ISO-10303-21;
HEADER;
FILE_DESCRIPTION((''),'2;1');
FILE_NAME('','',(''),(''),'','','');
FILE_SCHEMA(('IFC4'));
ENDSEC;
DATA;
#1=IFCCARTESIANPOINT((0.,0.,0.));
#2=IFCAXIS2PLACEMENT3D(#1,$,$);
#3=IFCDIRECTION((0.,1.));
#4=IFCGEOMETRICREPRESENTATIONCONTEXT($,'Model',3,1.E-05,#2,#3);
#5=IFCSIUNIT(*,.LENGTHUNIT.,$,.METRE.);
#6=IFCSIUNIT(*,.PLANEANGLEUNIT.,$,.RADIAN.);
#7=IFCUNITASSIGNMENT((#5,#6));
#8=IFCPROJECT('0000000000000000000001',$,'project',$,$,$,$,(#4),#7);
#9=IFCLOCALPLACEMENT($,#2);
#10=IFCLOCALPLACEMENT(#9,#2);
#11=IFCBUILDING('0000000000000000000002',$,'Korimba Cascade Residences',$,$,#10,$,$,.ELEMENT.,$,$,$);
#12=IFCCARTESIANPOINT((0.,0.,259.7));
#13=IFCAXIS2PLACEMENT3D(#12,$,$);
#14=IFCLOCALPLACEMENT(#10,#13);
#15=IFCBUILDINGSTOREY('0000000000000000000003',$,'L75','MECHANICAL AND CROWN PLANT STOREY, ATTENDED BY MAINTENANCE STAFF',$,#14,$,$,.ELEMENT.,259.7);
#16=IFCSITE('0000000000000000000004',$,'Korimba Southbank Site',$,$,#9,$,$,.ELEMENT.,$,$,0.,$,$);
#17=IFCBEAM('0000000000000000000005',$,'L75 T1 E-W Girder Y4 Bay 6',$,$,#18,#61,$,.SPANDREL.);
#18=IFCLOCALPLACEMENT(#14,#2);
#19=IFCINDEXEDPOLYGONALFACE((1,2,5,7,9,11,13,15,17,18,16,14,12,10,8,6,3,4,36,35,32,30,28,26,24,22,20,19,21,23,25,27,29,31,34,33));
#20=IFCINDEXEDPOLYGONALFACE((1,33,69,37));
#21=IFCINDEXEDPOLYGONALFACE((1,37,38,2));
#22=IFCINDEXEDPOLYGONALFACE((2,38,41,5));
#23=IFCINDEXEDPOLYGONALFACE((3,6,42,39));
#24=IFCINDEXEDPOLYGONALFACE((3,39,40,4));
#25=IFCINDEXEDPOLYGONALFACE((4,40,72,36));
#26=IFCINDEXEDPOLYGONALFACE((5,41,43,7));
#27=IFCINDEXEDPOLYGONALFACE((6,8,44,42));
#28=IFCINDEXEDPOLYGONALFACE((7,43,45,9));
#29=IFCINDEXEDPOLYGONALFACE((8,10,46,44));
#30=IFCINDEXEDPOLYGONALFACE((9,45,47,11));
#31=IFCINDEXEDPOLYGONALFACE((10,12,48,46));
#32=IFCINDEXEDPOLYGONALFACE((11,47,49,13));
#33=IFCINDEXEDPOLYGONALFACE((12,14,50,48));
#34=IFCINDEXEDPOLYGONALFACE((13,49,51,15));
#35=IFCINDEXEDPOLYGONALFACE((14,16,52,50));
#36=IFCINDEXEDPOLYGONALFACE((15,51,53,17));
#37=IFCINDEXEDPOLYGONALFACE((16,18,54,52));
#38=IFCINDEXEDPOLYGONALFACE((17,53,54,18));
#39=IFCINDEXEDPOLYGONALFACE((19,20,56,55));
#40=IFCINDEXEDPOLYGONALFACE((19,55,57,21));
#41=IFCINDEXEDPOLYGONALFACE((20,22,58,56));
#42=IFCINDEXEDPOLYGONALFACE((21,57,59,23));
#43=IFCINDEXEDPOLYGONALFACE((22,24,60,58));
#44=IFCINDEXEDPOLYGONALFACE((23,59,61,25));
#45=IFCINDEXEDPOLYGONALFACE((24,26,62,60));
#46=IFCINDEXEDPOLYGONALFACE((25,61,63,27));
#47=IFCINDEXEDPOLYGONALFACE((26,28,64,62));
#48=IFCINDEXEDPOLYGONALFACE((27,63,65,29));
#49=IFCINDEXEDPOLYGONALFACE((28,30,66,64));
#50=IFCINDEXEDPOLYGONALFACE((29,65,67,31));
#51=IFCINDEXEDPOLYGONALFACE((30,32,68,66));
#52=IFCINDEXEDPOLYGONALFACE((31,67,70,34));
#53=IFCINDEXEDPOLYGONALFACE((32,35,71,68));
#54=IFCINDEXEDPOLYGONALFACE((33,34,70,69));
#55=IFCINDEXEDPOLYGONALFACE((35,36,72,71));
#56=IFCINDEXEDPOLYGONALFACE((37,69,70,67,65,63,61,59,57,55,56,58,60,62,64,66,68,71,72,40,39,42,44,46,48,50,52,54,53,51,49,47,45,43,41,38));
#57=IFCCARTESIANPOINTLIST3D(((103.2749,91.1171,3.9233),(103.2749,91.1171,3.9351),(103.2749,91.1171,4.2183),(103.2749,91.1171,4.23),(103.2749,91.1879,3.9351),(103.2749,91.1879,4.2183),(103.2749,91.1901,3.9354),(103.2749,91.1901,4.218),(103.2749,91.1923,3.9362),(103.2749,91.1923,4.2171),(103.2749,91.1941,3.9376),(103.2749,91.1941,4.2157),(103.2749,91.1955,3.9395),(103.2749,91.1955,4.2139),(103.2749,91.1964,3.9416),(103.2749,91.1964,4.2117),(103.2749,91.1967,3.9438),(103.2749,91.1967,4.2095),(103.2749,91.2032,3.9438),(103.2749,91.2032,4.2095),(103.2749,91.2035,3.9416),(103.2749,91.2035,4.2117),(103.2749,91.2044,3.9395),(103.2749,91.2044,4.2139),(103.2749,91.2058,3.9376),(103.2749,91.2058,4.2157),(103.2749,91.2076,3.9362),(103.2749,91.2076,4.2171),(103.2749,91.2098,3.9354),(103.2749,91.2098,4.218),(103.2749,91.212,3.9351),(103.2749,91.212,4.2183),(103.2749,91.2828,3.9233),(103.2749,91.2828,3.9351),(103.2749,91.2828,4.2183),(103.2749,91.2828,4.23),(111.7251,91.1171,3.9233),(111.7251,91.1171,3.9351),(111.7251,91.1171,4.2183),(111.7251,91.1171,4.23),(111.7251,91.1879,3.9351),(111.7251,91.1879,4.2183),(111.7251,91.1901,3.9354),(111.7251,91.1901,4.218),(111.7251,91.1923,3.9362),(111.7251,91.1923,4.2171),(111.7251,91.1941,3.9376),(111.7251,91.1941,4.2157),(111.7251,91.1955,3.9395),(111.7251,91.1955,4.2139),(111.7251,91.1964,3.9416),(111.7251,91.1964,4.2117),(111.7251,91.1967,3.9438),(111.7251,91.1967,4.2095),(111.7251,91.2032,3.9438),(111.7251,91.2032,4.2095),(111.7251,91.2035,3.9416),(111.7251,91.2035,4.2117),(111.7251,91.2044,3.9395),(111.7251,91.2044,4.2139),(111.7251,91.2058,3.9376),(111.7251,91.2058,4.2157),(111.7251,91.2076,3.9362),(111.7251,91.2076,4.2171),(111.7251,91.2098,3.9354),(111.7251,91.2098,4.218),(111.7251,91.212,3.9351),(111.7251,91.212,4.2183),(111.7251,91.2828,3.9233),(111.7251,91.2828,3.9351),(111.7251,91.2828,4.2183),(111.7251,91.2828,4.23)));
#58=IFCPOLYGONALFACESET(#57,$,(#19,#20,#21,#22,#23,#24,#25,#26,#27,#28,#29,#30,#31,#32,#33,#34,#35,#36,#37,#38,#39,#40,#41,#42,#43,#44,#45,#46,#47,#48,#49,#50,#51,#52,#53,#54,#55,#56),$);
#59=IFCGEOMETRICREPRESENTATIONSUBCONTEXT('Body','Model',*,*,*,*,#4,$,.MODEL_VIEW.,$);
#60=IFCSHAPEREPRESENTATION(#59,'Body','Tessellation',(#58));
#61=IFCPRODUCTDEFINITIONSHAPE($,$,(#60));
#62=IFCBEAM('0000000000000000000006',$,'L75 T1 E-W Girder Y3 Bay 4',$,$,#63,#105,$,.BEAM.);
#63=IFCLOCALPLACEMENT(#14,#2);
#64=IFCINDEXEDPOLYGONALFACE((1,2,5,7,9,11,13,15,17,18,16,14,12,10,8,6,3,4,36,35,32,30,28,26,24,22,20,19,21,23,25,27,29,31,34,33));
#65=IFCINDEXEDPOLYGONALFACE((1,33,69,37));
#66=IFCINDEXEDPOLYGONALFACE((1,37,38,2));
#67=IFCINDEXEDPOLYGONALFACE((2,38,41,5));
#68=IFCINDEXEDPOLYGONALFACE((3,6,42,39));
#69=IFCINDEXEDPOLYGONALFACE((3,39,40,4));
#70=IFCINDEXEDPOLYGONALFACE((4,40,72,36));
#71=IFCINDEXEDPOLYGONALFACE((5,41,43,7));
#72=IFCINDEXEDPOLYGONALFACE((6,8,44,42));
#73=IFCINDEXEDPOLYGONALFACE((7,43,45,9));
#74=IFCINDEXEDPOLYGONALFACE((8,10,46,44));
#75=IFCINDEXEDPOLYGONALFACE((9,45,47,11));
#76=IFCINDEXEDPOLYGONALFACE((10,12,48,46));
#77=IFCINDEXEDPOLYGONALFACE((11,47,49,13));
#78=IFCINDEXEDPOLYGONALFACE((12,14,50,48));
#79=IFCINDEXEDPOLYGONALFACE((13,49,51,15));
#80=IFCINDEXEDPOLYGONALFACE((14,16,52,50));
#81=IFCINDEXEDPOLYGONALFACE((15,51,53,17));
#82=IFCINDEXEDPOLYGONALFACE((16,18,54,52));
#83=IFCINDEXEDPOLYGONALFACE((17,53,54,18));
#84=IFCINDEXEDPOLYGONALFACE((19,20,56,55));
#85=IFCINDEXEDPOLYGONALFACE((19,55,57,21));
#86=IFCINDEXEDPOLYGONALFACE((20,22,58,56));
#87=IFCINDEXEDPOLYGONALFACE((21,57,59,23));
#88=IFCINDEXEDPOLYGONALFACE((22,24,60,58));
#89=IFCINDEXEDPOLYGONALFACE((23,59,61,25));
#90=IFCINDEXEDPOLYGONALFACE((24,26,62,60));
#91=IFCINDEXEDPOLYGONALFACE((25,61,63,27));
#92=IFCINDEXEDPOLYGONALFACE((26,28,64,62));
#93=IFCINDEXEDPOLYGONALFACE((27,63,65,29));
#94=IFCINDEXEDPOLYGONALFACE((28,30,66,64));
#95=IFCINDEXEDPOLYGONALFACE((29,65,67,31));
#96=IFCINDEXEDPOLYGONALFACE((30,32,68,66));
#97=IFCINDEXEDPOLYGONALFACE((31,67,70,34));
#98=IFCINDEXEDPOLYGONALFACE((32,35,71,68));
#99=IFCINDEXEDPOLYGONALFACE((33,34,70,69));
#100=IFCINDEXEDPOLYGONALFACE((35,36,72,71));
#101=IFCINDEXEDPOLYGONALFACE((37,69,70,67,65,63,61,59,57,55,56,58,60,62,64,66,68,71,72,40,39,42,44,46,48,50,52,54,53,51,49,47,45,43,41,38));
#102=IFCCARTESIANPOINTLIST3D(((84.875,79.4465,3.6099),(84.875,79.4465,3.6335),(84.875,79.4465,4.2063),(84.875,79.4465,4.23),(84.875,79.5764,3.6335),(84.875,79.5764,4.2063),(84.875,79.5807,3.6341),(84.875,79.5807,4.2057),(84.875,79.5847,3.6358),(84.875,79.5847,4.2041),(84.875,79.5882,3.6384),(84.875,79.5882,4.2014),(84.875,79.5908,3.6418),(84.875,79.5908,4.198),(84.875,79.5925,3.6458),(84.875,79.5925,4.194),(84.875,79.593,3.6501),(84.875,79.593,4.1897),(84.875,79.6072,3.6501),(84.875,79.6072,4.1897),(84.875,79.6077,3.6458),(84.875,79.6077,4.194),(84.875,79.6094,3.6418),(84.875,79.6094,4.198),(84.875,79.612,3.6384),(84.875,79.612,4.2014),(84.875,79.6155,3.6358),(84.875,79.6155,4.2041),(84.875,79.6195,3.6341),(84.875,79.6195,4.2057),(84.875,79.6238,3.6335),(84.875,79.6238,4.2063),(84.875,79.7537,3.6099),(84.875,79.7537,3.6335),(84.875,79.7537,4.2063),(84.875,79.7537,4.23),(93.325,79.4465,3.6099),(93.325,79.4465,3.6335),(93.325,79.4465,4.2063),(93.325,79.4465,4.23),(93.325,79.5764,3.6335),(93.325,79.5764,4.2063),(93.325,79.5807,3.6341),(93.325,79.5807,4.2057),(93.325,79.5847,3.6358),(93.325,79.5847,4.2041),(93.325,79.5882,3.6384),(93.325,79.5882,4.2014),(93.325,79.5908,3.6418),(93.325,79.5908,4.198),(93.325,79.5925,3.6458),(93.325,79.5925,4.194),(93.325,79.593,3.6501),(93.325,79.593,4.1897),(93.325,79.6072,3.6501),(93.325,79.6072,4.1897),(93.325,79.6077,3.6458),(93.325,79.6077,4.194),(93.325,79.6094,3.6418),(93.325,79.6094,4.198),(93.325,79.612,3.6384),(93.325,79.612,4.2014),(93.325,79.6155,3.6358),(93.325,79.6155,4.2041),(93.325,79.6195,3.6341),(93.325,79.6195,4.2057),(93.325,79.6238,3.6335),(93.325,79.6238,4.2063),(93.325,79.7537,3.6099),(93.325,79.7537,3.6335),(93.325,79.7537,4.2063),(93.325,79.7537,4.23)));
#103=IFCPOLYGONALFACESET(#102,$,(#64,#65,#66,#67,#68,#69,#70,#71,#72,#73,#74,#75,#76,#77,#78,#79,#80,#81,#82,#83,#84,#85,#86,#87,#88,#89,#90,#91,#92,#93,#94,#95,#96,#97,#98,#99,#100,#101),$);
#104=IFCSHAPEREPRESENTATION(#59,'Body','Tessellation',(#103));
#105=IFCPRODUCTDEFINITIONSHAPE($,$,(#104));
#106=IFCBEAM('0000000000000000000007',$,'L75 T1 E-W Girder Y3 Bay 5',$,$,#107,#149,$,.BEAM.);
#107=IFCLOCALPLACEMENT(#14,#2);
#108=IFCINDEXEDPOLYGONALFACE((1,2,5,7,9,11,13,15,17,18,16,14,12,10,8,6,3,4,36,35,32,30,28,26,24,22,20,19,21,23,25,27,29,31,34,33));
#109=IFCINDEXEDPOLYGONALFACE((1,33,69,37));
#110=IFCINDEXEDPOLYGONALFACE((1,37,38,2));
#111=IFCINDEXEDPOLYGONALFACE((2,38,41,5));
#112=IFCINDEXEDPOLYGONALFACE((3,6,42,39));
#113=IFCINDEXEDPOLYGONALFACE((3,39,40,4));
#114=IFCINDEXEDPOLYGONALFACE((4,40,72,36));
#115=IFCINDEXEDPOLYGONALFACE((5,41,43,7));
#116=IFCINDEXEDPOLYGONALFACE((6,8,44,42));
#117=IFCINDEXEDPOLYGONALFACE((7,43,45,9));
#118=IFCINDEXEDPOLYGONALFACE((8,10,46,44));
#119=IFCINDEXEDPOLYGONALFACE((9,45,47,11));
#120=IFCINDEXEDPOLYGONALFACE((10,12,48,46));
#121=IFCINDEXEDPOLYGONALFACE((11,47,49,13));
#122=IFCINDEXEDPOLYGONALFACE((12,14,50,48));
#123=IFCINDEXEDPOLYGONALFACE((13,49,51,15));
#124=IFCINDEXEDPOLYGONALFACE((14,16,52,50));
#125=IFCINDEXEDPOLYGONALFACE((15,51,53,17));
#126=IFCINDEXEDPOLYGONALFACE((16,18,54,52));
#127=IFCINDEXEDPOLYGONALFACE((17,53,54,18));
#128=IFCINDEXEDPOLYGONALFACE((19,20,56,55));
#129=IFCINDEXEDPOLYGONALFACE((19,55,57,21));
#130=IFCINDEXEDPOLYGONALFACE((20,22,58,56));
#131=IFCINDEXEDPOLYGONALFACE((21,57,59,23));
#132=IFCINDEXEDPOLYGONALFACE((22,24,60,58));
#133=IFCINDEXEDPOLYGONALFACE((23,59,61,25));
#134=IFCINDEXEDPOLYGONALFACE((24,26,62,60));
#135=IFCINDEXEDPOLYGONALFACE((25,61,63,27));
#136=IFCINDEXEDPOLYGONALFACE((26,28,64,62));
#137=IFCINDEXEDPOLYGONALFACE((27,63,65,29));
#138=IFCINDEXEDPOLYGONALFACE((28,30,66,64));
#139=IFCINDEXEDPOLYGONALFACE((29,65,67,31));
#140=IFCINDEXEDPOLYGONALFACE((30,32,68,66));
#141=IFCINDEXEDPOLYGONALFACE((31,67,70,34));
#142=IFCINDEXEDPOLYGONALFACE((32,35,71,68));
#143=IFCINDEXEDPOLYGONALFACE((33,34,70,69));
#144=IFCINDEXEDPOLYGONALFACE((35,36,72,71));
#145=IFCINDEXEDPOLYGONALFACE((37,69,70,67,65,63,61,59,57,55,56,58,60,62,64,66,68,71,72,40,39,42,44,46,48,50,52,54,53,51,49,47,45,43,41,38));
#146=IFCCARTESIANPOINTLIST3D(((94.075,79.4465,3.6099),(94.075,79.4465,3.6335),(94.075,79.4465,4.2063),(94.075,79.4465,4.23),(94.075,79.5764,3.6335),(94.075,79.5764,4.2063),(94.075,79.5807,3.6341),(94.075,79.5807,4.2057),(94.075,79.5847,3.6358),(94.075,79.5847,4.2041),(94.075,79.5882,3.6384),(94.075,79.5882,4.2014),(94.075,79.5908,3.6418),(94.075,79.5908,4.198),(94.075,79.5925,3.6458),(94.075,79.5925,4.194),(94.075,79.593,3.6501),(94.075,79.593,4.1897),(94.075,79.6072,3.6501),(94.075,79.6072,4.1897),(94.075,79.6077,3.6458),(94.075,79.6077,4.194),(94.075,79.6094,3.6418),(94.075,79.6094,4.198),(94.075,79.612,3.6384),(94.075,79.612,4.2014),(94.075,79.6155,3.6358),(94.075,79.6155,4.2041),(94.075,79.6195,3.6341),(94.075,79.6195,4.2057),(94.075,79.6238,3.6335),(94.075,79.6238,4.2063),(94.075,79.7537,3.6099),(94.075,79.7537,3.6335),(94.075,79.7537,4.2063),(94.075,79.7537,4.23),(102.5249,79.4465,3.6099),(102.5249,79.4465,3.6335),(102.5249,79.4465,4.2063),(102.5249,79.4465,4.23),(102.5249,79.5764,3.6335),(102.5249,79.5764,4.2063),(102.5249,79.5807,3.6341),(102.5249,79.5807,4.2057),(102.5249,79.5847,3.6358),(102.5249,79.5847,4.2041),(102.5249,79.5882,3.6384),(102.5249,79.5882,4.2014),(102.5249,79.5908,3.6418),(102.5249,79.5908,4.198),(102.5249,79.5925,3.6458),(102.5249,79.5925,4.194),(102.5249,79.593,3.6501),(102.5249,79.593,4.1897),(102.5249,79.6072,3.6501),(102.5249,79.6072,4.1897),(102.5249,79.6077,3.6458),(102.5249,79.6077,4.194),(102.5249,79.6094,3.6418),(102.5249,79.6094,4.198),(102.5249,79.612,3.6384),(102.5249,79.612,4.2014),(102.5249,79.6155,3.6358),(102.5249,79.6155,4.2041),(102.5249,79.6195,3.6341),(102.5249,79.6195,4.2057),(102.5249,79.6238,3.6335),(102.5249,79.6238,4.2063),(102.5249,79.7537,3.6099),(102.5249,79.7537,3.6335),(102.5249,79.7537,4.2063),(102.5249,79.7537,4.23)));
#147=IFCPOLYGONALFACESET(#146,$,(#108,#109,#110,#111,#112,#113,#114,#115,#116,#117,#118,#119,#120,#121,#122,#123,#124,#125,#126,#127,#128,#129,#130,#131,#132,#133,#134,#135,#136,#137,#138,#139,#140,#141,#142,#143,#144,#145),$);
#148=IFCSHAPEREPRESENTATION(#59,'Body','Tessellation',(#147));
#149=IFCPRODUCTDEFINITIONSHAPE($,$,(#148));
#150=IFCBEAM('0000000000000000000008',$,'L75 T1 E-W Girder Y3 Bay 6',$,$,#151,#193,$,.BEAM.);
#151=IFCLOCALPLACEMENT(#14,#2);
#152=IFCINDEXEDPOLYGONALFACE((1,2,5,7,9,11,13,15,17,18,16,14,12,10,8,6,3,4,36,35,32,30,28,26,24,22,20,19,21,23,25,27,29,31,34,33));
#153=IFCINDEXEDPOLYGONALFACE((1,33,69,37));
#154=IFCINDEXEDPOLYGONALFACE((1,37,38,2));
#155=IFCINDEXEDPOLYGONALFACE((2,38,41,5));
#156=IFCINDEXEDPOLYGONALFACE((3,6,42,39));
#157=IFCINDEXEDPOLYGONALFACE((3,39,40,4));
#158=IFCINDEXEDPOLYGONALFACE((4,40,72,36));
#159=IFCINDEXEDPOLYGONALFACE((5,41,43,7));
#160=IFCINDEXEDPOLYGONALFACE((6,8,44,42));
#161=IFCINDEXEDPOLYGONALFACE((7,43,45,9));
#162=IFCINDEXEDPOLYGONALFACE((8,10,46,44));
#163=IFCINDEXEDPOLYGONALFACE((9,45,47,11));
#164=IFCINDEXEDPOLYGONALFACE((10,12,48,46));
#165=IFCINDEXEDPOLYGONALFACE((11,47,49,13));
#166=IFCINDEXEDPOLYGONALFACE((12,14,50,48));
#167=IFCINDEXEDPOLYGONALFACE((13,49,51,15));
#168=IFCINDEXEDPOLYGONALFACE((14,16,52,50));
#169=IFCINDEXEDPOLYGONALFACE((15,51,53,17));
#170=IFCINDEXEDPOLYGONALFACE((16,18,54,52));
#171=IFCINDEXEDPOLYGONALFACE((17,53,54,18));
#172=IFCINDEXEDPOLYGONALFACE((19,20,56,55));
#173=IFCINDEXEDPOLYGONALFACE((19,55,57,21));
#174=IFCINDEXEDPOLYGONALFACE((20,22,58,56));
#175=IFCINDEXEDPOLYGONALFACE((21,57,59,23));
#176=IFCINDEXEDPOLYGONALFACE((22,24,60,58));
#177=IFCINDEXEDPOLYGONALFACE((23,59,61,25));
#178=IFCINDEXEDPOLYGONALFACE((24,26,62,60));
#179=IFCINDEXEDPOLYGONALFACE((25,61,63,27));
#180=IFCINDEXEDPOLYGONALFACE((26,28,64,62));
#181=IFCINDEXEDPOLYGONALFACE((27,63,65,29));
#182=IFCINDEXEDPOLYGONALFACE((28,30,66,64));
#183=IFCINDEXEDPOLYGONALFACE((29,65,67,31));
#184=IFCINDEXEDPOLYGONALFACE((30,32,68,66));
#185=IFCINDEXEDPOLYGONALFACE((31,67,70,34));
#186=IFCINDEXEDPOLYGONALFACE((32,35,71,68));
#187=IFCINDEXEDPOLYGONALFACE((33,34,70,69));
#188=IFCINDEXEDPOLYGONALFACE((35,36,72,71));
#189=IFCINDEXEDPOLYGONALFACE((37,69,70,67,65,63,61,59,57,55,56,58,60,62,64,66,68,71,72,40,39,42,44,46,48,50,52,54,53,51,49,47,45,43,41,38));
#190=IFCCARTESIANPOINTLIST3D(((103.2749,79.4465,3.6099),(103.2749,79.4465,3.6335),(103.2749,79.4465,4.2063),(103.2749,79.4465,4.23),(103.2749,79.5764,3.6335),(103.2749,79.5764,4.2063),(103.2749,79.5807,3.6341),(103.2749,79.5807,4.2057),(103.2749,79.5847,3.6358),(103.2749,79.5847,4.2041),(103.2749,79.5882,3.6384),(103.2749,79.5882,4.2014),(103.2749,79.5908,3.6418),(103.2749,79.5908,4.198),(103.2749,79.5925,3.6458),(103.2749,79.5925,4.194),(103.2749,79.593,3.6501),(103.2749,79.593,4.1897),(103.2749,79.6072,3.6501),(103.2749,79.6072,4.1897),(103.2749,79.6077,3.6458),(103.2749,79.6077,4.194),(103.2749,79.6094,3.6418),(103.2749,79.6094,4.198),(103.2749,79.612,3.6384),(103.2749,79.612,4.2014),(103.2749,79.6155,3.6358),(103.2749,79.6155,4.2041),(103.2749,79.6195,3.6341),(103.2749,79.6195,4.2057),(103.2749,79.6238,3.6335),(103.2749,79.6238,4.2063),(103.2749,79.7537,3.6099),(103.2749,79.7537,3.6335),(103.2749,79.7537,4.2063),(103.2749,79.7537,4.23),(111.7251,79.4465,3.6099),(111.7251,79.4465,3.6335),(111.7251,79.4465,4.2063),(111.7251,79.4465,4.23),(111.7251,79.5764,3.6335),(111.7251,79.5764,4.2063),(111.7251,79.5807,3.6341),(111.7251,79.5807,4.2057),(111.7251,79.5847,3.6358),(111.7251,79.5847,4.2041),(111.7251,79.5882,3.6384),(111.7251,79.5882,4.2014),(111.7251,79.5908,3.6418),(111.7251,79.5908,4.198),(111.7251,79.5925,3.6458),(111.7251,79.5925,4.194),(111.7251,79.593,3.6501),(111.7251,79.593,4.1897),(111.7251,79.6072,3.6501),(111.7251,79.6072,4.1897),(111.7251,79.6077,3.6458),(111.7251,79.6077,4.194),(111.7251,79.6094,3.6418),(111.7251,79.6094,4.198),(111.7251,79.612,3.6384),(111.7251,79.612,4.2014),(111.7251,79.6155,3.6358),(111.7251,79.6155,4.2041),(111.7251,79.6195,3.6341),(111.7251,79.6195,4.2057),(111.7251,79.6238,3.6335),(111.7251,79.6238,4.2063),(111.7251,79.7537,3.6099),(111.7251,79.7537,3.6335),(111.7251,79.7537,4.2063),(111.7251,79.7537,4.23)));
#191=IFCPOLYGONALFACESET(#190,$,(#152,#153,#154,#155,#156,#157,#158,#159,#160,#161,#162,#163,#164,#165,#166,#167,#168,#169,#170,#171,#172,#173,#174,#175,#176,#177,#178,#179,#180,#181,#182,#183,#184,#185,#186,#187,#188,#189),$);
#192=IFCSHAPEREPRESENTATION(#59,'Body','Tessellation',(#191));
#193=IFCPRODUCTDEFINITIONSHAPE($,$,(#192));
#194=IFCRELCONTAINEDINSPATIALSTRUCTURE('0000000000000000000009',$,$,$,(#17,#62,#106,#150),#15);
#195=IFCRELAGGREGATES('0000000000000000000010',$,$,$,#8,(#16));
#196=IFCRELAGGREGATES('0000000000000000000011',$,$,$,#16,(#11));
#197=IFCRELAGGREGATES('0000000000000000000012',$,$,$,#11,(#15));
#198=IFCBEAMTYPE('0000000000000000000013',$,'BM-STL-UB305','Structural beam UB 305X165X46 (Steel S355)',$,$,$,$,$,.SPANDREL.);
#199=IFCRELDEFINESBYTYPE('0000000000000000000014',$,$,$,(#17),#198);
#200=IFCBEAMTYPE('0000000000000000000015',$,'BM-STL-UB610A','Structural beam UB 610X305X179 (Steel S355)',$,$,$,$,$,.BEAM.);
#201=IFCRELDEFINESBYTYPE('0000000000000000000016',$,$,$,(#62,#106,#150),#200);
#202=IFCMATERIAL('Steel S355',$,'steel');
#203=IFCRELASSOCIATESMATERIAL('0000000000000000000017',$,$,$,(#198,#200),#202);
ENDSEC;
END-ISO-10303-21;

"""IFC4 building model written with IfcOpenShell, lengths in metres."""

from ifc_helpers import new_model, si_unit, direction, frame, origin, origin_2d, place, context, subcontext, project, spatial, i_section, extrude, material, material_profile, profile_set, type_object, element, save


model = new_model("IFC4")

# Units and contexts
model_context = context("Model", 3, precision=1e-05, world=origin(), true_north=direction((0.0, 1.0)))
body_context = subcontext(model_context, "Body", "Model", "MODEL_VIEW")
ifc_project = project(units=[si_unit("LENGTHUNIT", "METRE"), si_unit("PLANEANGLEUNIT", "RADIAN")], contexts=[model_context])

# Site, building, storey
site_placement = place(None, origin())
site = spatial("IfcSite", under=ifc_project, at=site_placement, Name="Korimba Southbank Site", CompositionType="ELEMENT", RefElevation=0.0)
building_placement = place(site_placement, origin())
building = spatial("IfcBuilding", under=site, at=building_placement, Name="Korimba Cascade Residences", CompositionType="ELEMENT")
storey_placement = place(building_placement, frame((0.0, 0.0, 259.7)))
storey = spatial("IfcBuildingStorey", under=building, at=storey_placement, Name="L75", Description="MECHANICAL AND CROWN PLANT STOREY, ATTENDED BY MAINTENANCE STAFF", CompositionType="ELEMENT", Elevation=259.7)

# Beams
ifc_material_1 = material(Name="Steel S355", Category="steel")
ifc_material_profile_1 = material_profile(ifc_material_1, i_section(OverallWidth=0.1658, OverallDepth=0.3066, WebThickness=0.0066, FlangeThickness=0.0117, FilletRadius=0.0088, at=origin_2d()), Name="Steel S355")
ifc_profile_set_1 = profile_set([ifc_material_profile_1], Name="Steel S355")
beam_type_1 = type_object("IfcBeamType", Name="BM-STL-UB305", Description="Structural beam UB 305X165X46 (Steel S355)", PredefinedType="SPANDREL", material=ifc_profile_set_1)
beam_1_placement = place(storey_placement, frame((103.2749, 91.2, 4.0767), z_axis=(1.0, 0.0, 0.0), x_axis=(0.0, 1.0, 0.0)))
element("IfcBeam", 1, at=beam_1_placement, inside=storey, type_object=beam_type_1, Name="L75 T1 E-W Girder Y4 Bay 6", PredefinedType="SPANDREL", context=body_context, shape_type="SweptSolid", body=[
    extrude(i_section(OverallWidth=0.1658, OverallDepth=0.3066, WebThickness=0.0066, FlangeThickness=0.0117, FilletRadius=0.0088, at=origin_2d()), origin(), (0.0, 0.0, 1.0), 8.4502),
])
ifc_material_profile_2 = material_profile(ifc_material_1, i_section(OverallWidth=0.3071, OverallDepth=0.6201, WebThickness=0.0142, FlangeThickness=0.0237, FilletRadius=0.0166, at=origin_2d()), Name="Steel S355")
ifc_profile_set_2 = profile_set([ifc_material_profile_2], Name="Steel S355")
beam_type_2 = type_object("IfcBeamType", Name="BM-STL-UB610A", Description="Structural beam UB 610X305X179 (Steel S355)", PredefinedType="BEAM", material=ifc_profile_set_2)
for number, where, z_axis, x_axis, name in (
    (2, (84.875, 79.6001, 3.9199), (1.0, 0.0, 0.0), (0.0, 1.0, 0.0), "L75 T1 E-W Girder Y3 Bay 4"),
    (3, (94.075, 79.6001, 3.9199), (1.0, 0.0, 0.0), (0.0, 1.0, 0.0), "L75 T1 E-W Girder Y3 Bay 5"),
):
    element("IfcBeam", number, at=place(storey_placement, frame(where, z_axis=z_axis, x_axis=x_axis)), inside=storey, type_object=beam_type_2, Name=name, PredefinedType="BEAM", context=body_context, shape_type="SweptSolid", body=[
        extrude(i_section(OverallWidth=0.3071, OverallDepth=0.6201, WebThickness=0.0142, FlangeThickness=0.0237, FilletRadius=0.0166, at=origin_2d()), origin(), (0.0, 0.0, 1.0), 8.45),
    ])
beam_2_placement = place(storey_placement, frame((103.2749, 79.6001, 3.9199), z_axis=(1.0, 0.0, 0.0), x_axis=(0.0, 1.0, 0.0)))
element("IfcBeam", 4, at=beam_2_placement, inside=storey, type_object=beam_type_2, Name="L75 T1 E-W Girder Y3 Bay 6", PredefinedType="BEAM", context=body_context, shape_type="SweptSolid", body=[
    extrude(i_section(OverallWidth=0.3071, OverallDepth=0.6201, WebThickness=0.0142, FlangeThickness=0.0237, FilletRadius=0.0166, at=origin_2d()), origin(), (0.0, 0.0, 1.0), 8.4502),
])

save(model, "model.ifc")
